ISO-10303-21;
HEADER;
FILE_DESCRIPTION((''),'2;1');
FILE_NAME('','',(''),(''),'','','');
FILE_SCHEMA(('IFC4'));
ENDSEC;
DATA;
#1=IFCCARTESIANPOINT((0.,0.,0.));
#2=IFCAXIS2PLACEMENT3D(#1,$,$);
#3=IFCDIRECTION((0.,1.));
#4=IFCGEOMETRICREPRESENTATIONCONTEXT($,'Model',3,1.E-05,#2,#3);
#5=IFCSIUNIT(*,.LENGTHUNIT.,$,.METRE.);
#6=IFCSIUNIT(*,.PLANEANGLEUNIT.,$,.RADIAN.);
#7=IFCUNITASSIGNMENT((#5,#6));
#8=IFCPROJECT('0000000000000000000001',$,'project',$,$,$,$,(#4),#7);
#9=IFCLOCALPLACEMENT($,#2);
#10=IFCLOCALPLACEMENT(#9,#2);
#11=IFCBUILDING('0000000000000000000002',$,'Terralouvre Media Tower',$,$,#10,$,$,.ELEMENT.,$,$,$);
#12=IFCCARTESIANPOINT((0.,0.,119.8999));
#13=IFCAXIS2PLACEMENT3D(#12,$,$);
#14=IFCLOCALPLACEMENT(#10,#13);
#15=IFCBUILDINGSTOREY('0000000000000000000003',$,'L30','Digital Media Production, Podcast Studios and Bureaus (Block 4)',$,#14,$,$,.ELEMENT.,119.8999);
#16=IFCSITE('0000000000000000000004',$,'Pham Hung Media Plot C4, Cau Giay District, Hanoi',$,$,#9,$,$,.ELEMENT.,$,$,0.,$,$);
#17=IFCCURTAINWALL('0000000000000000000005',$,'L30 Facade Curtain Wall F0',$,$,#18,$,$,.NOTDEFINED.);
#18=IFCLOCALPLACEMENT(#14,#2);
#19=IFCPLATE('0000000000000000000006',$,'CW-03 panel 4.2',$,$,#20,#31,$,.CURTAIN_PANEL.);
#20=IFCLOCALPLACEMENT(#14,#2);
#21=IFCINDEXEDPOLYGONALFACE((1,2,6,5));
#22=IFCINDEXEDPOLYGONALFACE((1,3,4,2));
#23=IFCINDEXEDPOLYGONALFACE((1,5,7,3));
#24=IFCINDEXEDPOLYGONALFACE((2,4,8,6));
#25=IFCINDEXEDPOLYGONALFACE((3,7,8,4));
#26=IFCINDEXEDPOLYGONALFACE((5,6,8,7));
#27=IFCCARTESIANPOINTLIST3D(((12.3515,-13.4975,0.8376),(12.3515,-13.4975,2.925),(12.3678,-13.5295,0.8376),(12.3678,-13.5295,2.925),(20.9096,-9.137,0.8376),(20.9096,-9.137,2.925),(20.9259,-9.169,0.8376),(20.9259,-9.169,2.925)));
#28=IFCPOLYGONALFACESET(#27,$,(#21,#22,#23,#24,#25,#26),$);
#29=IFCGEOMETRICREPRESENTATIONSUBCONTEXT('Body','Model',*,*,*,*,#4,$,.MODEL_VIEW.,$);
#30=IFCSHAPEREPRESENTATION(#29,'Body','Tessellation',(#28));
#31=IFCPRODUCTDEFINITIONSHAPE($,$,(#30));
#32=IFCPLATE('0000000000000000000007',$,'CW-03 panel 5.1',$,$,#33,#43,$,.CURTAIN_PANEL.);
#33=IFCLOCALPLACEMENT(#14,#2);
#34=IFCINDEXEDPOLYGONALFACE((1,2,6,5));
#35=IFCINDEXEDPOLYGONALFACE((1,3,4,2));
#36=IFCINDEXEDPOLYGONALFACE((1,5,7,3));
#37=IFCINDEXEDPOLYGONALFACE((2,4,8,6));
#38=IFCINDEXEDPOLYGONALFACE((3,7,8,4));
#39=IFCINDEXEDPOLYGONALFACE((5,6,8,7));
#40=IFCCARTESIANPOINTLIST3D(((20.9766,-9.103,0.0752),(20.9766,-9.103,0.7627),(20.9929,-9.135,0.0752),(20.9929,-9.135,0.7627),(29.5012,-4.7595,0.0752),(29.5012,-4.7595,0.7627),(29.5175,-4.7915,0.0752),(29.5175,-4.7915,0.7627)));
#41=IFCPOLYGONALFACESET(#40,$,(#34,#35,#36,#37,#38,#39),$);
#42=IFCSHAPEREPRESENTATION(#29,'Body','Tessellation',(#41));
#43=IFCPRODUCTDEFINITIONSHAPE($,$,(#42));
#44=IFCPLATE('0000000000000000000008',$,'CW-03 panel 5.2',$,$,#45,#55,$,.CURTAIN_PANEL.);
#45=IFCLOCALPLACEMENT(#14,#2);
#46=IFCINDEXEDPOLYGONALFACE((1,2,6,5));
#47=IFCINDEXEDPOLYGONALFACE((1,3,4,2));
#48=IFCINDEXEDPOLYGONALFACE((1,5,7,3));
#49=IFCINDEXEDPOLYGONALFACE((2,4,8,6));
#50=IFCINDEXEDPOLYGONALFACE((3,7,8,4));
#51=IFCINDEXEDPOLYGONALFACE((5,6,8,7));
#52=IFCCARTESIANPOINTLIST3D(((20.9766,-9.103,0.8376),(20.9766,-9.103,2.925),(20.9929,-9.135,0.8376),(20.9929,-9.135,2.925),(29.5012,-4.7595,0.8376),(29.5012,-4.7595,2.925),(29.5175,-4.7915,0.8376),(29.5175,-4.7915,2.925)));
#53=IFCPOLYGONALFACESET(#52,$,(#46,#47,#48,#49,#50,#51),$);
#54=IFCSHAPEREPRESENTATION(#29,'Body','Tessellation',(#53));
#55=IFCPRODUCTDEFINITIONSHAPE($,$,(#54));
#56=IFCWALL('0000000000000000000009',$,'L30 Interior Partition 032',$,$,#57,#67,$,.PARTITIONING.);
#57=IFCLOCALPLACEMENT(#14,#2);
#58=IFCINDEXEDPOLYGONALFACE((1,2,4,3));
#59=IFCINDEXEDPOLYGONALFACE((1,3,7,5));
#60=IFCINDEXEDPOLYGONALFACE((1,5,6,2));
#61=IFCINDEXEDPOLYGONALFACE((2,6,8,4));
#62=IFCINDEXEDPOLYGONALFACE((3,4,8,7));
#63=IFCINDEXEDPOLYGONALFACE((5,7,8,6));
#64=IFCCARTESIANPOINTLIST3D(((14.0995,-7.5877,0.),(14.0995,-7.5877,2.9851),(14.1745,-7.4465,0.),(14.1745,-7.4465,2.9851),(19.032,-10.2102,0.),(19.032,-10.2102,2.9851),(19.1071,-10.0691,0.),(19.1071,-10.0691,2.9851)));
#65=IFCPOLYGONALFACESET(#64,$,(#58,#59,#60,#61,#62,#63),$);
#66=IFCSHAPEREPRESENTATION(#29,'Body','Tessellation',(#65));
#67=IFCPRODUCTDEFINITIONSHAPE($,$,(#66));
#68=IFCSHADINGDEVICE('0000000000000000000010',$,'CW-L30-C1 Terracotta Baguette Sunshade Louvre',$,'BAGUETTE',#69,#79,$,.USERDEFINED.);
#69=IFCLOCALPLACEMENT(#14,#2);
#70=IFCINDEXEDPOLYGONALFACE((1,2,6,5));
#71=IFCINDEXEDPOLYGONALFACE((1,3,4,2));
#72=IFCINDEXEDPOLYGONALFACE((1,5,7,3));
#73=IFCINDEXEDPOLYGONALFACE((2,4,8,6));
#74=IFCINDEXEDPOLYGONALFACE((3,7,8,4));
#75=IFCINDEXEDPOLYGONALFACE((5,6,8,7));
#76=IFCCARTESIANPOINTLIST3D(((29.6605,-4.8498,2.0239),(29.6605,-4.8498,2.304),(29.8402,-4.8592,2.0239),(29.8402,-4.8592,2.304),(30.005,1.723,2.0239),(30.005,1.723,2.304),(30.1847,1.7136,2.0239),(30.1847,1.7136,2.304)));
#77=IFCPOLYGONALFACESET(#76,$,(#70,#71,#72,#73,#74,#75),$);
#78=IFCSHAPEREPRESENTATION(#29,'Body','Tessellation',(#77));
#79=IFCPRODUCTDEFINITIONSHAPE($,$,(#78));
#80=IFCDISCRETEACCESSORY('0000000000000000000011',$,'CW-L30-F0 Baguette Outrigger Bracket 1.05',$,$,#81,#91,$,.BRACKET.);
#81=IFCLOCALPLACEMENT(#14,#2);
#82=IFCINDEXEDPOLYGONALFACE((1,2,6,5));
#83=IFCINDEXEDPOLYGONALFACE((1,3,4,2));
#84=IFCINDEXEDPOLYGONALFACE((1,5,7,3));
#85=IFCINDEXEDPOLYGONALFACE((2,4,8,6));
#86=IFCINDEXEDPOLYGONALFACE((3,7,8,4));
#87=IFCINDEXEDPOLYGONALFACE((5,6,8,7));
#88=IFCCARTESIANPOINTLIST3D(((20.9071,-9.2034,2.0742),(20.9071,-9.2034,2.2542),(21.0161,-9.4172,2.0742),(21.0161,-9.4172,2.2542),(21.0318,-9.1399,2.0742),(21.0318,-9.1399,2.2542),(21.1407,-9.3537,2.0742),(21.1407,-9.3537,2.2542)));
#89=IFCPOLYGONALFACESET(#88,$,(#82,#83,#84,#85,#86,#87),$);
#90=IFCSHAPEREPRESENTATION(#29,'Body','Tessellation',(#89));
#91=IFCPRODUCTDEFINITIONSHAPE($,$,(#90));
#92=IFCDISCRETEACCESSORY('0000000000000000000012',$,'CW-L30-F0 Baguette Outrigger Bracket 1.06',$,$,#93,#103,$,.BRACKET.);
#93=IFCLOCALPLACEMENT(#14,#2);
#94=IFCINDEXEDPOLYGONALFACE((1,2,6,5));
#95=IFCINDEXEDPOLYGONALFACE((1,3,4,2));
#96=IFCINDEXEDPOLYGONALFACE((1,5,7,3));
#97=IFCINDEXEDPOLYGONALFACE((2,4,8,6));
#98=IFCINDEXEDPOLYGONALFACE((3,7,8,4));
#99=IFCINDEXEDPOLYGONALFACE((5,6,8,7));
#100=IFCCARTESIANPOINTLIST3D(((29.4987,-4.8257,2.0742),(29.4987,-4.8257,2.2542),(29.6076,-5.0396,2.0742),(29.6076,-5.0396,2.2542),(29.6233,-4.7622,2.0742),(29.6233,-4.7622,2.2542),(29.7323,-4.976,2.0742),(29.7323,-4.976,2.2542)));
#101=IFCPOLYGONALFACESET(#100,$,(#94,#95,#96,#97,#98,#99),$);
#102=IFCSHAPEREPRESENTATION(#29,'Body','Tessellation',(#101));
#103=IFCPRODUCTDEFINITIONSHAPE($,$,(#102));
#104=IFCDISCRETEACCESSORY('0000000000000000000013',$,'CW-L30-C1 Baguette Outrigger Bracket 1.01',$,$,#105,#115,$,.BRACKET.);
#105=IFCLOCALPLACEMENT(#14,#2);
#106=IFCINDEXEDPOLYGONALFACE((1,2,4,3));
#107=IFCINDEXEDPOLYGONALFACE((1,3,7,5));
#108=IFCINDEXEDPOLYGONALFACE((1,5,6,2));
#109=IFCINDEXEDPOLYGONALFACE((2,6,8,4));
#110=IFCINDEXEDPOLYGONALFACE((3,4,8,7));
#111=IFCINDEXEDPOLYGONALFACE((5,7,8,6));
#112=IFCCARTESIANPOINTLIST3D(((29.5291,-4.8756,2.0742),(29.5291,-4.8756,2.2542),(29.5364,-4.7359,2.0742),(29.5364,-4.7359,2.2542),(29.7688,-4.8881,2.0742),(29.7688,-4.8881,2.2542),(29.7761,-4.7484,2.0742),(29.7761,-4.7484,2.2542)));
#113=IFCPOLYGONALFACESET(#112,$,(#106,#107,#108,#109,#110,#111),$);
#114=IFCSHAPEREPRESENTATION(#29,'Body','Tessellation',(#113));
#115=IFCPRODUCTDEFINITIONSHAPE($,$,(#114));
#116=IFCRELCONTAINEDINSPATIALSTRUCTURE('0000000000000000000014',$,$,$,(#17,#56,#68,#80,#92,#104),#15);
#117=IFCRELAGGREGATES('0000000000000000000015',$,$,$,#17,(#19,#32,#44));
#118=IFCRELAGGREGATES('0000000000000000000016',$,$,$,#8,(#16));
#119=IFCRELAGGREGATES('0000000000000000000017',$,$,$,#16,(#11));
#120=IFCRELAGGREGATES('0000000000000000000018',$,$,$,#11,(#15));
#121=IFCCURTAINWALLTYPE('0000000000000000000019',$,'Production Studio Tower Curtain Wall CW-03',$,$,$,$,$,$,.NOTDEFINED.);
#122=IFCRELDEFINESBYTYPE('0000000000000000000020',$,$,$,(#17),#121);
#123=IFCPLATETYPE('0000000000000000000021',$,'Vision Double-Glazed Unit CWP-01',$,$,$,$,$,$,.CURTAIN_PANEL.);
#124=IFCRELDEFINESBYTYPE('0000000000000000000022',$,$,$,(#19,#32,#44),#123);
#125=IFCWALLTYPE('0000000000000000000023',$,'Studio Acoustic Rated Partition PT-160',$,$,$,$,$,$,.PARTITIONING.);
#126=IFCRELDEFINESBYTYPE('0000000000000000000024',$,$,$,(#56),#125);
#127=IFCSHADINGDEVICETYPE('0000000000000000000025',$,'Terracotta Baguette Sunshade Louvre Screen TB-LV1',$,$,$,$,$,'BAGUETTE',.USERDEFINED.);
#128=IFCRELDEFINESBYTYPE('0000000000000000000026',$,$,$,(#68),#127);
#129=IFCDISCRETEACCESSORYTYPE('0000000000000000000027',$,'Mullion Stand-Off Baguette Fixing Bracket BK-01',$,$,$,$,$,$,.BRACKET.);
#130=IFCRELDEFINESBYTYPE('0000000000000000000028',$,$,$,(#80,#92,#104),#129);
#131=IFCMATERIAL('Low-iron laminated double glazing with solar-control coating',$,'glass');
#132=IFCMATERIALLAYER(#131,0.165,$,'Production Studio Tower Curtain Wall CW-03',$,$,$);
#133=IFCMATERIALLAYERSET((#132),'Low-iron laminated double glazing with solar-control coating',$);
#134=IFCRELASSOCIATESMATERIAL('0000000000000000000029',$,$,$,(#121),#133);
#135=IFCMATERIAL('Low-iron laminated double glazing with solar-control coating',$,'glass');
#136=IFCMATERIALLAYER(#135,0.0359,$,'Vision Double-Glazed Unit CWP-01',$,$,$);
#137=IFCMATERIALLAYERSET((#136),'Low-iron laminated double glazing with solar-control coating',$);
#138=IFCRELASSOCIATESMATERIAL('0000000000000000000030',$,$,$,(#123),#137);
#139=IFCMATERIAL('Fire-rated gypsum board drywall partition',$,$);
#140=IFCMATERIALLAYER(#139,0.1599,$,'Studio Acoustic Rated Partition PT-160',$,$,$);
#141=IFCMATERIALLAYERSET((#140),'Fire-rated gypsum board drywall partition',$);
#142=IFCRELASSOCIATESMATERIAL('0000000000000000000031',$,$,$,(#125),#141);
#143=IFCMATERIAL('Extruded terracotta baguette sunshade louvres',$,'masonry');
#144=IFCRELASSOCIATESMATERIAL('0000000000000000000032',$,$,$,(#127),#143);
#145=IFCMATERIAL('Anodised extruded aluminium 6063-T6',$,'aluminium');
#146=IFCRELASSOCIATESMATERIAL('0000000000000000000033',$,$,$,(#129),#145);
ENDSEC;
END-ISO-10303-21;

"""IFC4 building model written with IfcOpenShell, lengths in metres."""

from ifc_helpers import new_model, si_unit, direction, frame, frame_2d, origin, origin_2d, place, context, subcontext, project, spatial, rectangle, extrude, material, layer, layer_set, type_object, element, aggregate, save


model = new_model("IFC4")

# Units and contexts
model_context = context("Model", 3, precision=1e-05, world=origin(), true_north=direction((0.0, 1.0)))
body_context = subcontext(model_context, "Body", "Model", "MODEL_VIEW")
ifc_project = project(units=[si_unit("LENGTHUNIT", "METRE"), si_unit("PLANEANGLEUNIT", "RADIAN")], contexts=[model_context])

# Site, building, storey
site_placement = place(None, origin())
site = spatial("IfcSite", under=ifc_project, at=site_placement, Name="Pham Hung Media Plot C4, Cau Giay District, Hanoi", CompositionType="ELEMENT", RefElevation=0.0)
building_placement = place(site_placement, origin())
building = spatial("IfcBuilding", under=site, at=building_placement, Name="Terralouvre Media Tower", CompositionType="ELEMENT")
storey_placement = place(building_placement, frame((0.0, 0.0, 119.8999)))
storey = spatial("IfcBuildingStorey", under=building, at=storey_placement, Name="L30", Description="Digital Media Production, Podcast Studios and Bureaus (Block 4)", CompositionType="ELEMENT", Elevation=119.8999)

# Curtain wall
ifc_material_1 = material(Name="Low-iron laminated double glazing with solar-control coating", Category="glass")
ifc_layer_1 = layer(ifc_material_1, 0.165, Name="Production Studio Tower Curtain Wall CW-03")
ifc_layer_set_1 = layer_set([ifc_layer_1], Name="Low-iron laminated double glazing with solar-control coating")
curtain_wall_type_1 = type_object("IfcCurtainWallType", Name="Production Studio Tower Curtain Wall CW-03", PredefinedType="NOTDEFINED", material=ifc_layer_set_1)
curtain_wall_1_placement = place(storey_placement, origin())
curtain_wall_1 = element("IfcCurtainWall", 1, at=curtain_wall_1_placement, inside=storey, type_object=curtain_wall_type_1, Name="L30 Facade Curtain Wall F0", PredefinedType="NOTDEFINED")

# Plates
ifc_material_2 = material(Name="Low-iron laminated double glazing with solar-control coating", Category="glass")
ifc_layer_2 = layer(ifc_material_2, 0.0359, Name="Vision Double-Glazed Unit CWP-01")
ifc_layer_set_2 = layer_set([ifc_layer_2], Name="Low-iron laminated double glazing with solar-control coating")
plate_type_1 = type_object("IfcPlateType", Name="Vision Double-Glazed Unit CWP-01", PredefinedType="CURTAIN_PANEL", material=ifc_layer_set_2)
plate_1_placement = place(storey_placement, frame((16.6387, -11.3333, 0.8376), z_axis=(0.0, 0.0, 1.0), x_axis=(0.891007, 0.453991, 0.0)))
plate_1 = element("IfcPlate", 2, at=plate_1_placement, type_object=plate_type_1, Name="CW-03 panel 4.2", PredefinedType="CURTAIN_PANEL", context=body_context, shape_type="SweptSolid", body=[
    extrude(rectangle(XDim=9.605, YDim=0.0359, at=origin_2d()), origin(), (0.0, 0.0, 1.0), 2.0874),
])
plate_2_placement = place(storey_placement, frame((25.2471, -6.9473, 0.0752), z_axis=(0.0, 0.0, 1.0), x_axis=(0.891007, 0.453991, 0.0)))
plate_2 = element("IfcPlate", 3, at=plate_2_placement, type_object=plate_type_1, Name="CW-03 panel 5.1", PredefinedType="CURTAIN_PANEL", context=body_context, shape_type="SweptSolid", body=[
    extrude(rectangle(XDim=9.5674, YDim=0.0359, at=origin_2d()), origin(), (0.0, 0.0, 1.0), 0.6875),
])
plate_3_placement = place(storey_placement, frame((25.2471, -6.9473, 0.8376), z_axis=(0.0, 0.0, 1.0), x_axis=(0.891007, 0.453991, 0.0)))
plate_3 = element("IfcPlate", 4, at=plate_3_placement, type_object=plate_type_1, Name="CW-03 panel 5.2", PredefinedType="CURTAIN_PANEL", context=body_context, shape_type="SweptSolid", body=[
    extrude(rectangle(XDim=9.5674, YDim=0.0359, at=origin_2d()), origin(), (0.0, 0.0, 1.0), 2.0874),
])
aggregate(curtain_wall_1, [plate_1, plate_2, plate_3])

# Wall
ifc_material_3 = material(Name="Fire-rated gypsum board drywall partition")
ifc_layer_3 = layer(ifc_material_3, 0.1599, Name="Studio Acoustic Rated Partition PT-160")
ifc_layer_set_3 = layer_set([ifc_layer_3], Name="Fire-rated gypsum board drywall partition")
wall_type = type_object("IfcWallType", Name="Studio Acoustic Rated Partition PT-160", PredefinedType="PARTITIONING", material=ifc_layer_set_3)
wall_placement = place(storey_placement, frame((19.0696, -10.1396, 0.0), z_axis=(0.0, 0.0, 1.0), x_axis=(-0.88296, 0.469449, 0.0)))
element("IfcWall", 5, at=wall_placement, inside=storey, type_object=wall_type, Name="L30 Interior Partition 032", PredefinedType="PARTITIONING", context=body_context, shape_type="SweptSolid", body=[
    extrude(rectangle(XDim=5.5864, YDim=0.1599, at=frame_2d((2.7932, 0.0))), origin(), (0.0, 0.0, 1.0), 2.9851),
])

# Shading device
ifc_material_4 = material(Name="Extruded terracotta baguette sunshade louvres", Category="masonry")
shading_device_type = type_object("IfcShadingDeviceType", Name="Terracotta Baguette Sunshade Louvre Screen TB-LV1", ElementType="BAGUETTE", PredefinedType="USERDEFINED", material=ifc_material_4)
shading_device_placement = place(storey_placement, frame((29.9226, -1.5681, 2.0239), z_axis=(0.0, 0.0, 1.0), x_axis=(0.052337, 0.998629, 0.0)))
element("IfcShadingDevice", 6, at=shading_device_placement, inside=storey, type_object=shading_device_type, Name="CW-L30-C1 Terracotta Baguette Sunshade Louvre", ObjectType="BAGUETTE", PredefinedType="USERDEFINED", context=body_context, shape_type="SweptSolid", body=[
    extrude(rectangle(XDim=6.5818, YDim=0.1799, at=origin_2d()), origin(), (0.0, 0.0, 1.0), 0.28),
])

# Discrete accessories
ifc_material_5 = material(Name="Anodised extruded aluminium 6063-T6", Category="aluminium")
discrete_accessory_type = type_object("IfcDiscreteAccessoryType", Name="Mullion Stand-Off Baguette Fixing Bracket BK-01", PredefinedType="BRACKET", material=ifc_material_5)
for number, where, z_axis, x_axis, name in (
    (7, (21.0239, -9.2786, 2.0742), (0.0, 0.0, 1.0), (0.891007, 0.453991, 0.0), "CW-L30-F0 Baguette Outrigger Bracket 1.05"),
    (8, (29.6155, -4.9009, 2.0742), (0.0, 0.0, 1.0), (0.891007, 0.453991, 0.0), "CW-L30-F0 Baguette Outrigger Bracket 1.06"),
    (9, (29.6526, -4.812, 2.0742), (0.0, 0.0, 1.0), (0.052337, 0.998629, 0.0), "CW-L30-C1 Baguette Outrigger Bracket 1.01"),
):
    element("IfcDiscreteAccessory", number, at=place(storey_placement, frame(where, z_axis=z_axis, x_axis=x_axis)), inside=storey, type_object=discrete_accessory_type, Name=name, PredefinedType="BRACKET", context=body_context, shape_type="SweptSolid", body=[
        extrude(rectangle(XDim=0.1399, YDim=0.24, at=origin_2d()), origin(), (0.0, 0.0, 1.0), 0.1799),
    ])

save(model, "model.ifc")
